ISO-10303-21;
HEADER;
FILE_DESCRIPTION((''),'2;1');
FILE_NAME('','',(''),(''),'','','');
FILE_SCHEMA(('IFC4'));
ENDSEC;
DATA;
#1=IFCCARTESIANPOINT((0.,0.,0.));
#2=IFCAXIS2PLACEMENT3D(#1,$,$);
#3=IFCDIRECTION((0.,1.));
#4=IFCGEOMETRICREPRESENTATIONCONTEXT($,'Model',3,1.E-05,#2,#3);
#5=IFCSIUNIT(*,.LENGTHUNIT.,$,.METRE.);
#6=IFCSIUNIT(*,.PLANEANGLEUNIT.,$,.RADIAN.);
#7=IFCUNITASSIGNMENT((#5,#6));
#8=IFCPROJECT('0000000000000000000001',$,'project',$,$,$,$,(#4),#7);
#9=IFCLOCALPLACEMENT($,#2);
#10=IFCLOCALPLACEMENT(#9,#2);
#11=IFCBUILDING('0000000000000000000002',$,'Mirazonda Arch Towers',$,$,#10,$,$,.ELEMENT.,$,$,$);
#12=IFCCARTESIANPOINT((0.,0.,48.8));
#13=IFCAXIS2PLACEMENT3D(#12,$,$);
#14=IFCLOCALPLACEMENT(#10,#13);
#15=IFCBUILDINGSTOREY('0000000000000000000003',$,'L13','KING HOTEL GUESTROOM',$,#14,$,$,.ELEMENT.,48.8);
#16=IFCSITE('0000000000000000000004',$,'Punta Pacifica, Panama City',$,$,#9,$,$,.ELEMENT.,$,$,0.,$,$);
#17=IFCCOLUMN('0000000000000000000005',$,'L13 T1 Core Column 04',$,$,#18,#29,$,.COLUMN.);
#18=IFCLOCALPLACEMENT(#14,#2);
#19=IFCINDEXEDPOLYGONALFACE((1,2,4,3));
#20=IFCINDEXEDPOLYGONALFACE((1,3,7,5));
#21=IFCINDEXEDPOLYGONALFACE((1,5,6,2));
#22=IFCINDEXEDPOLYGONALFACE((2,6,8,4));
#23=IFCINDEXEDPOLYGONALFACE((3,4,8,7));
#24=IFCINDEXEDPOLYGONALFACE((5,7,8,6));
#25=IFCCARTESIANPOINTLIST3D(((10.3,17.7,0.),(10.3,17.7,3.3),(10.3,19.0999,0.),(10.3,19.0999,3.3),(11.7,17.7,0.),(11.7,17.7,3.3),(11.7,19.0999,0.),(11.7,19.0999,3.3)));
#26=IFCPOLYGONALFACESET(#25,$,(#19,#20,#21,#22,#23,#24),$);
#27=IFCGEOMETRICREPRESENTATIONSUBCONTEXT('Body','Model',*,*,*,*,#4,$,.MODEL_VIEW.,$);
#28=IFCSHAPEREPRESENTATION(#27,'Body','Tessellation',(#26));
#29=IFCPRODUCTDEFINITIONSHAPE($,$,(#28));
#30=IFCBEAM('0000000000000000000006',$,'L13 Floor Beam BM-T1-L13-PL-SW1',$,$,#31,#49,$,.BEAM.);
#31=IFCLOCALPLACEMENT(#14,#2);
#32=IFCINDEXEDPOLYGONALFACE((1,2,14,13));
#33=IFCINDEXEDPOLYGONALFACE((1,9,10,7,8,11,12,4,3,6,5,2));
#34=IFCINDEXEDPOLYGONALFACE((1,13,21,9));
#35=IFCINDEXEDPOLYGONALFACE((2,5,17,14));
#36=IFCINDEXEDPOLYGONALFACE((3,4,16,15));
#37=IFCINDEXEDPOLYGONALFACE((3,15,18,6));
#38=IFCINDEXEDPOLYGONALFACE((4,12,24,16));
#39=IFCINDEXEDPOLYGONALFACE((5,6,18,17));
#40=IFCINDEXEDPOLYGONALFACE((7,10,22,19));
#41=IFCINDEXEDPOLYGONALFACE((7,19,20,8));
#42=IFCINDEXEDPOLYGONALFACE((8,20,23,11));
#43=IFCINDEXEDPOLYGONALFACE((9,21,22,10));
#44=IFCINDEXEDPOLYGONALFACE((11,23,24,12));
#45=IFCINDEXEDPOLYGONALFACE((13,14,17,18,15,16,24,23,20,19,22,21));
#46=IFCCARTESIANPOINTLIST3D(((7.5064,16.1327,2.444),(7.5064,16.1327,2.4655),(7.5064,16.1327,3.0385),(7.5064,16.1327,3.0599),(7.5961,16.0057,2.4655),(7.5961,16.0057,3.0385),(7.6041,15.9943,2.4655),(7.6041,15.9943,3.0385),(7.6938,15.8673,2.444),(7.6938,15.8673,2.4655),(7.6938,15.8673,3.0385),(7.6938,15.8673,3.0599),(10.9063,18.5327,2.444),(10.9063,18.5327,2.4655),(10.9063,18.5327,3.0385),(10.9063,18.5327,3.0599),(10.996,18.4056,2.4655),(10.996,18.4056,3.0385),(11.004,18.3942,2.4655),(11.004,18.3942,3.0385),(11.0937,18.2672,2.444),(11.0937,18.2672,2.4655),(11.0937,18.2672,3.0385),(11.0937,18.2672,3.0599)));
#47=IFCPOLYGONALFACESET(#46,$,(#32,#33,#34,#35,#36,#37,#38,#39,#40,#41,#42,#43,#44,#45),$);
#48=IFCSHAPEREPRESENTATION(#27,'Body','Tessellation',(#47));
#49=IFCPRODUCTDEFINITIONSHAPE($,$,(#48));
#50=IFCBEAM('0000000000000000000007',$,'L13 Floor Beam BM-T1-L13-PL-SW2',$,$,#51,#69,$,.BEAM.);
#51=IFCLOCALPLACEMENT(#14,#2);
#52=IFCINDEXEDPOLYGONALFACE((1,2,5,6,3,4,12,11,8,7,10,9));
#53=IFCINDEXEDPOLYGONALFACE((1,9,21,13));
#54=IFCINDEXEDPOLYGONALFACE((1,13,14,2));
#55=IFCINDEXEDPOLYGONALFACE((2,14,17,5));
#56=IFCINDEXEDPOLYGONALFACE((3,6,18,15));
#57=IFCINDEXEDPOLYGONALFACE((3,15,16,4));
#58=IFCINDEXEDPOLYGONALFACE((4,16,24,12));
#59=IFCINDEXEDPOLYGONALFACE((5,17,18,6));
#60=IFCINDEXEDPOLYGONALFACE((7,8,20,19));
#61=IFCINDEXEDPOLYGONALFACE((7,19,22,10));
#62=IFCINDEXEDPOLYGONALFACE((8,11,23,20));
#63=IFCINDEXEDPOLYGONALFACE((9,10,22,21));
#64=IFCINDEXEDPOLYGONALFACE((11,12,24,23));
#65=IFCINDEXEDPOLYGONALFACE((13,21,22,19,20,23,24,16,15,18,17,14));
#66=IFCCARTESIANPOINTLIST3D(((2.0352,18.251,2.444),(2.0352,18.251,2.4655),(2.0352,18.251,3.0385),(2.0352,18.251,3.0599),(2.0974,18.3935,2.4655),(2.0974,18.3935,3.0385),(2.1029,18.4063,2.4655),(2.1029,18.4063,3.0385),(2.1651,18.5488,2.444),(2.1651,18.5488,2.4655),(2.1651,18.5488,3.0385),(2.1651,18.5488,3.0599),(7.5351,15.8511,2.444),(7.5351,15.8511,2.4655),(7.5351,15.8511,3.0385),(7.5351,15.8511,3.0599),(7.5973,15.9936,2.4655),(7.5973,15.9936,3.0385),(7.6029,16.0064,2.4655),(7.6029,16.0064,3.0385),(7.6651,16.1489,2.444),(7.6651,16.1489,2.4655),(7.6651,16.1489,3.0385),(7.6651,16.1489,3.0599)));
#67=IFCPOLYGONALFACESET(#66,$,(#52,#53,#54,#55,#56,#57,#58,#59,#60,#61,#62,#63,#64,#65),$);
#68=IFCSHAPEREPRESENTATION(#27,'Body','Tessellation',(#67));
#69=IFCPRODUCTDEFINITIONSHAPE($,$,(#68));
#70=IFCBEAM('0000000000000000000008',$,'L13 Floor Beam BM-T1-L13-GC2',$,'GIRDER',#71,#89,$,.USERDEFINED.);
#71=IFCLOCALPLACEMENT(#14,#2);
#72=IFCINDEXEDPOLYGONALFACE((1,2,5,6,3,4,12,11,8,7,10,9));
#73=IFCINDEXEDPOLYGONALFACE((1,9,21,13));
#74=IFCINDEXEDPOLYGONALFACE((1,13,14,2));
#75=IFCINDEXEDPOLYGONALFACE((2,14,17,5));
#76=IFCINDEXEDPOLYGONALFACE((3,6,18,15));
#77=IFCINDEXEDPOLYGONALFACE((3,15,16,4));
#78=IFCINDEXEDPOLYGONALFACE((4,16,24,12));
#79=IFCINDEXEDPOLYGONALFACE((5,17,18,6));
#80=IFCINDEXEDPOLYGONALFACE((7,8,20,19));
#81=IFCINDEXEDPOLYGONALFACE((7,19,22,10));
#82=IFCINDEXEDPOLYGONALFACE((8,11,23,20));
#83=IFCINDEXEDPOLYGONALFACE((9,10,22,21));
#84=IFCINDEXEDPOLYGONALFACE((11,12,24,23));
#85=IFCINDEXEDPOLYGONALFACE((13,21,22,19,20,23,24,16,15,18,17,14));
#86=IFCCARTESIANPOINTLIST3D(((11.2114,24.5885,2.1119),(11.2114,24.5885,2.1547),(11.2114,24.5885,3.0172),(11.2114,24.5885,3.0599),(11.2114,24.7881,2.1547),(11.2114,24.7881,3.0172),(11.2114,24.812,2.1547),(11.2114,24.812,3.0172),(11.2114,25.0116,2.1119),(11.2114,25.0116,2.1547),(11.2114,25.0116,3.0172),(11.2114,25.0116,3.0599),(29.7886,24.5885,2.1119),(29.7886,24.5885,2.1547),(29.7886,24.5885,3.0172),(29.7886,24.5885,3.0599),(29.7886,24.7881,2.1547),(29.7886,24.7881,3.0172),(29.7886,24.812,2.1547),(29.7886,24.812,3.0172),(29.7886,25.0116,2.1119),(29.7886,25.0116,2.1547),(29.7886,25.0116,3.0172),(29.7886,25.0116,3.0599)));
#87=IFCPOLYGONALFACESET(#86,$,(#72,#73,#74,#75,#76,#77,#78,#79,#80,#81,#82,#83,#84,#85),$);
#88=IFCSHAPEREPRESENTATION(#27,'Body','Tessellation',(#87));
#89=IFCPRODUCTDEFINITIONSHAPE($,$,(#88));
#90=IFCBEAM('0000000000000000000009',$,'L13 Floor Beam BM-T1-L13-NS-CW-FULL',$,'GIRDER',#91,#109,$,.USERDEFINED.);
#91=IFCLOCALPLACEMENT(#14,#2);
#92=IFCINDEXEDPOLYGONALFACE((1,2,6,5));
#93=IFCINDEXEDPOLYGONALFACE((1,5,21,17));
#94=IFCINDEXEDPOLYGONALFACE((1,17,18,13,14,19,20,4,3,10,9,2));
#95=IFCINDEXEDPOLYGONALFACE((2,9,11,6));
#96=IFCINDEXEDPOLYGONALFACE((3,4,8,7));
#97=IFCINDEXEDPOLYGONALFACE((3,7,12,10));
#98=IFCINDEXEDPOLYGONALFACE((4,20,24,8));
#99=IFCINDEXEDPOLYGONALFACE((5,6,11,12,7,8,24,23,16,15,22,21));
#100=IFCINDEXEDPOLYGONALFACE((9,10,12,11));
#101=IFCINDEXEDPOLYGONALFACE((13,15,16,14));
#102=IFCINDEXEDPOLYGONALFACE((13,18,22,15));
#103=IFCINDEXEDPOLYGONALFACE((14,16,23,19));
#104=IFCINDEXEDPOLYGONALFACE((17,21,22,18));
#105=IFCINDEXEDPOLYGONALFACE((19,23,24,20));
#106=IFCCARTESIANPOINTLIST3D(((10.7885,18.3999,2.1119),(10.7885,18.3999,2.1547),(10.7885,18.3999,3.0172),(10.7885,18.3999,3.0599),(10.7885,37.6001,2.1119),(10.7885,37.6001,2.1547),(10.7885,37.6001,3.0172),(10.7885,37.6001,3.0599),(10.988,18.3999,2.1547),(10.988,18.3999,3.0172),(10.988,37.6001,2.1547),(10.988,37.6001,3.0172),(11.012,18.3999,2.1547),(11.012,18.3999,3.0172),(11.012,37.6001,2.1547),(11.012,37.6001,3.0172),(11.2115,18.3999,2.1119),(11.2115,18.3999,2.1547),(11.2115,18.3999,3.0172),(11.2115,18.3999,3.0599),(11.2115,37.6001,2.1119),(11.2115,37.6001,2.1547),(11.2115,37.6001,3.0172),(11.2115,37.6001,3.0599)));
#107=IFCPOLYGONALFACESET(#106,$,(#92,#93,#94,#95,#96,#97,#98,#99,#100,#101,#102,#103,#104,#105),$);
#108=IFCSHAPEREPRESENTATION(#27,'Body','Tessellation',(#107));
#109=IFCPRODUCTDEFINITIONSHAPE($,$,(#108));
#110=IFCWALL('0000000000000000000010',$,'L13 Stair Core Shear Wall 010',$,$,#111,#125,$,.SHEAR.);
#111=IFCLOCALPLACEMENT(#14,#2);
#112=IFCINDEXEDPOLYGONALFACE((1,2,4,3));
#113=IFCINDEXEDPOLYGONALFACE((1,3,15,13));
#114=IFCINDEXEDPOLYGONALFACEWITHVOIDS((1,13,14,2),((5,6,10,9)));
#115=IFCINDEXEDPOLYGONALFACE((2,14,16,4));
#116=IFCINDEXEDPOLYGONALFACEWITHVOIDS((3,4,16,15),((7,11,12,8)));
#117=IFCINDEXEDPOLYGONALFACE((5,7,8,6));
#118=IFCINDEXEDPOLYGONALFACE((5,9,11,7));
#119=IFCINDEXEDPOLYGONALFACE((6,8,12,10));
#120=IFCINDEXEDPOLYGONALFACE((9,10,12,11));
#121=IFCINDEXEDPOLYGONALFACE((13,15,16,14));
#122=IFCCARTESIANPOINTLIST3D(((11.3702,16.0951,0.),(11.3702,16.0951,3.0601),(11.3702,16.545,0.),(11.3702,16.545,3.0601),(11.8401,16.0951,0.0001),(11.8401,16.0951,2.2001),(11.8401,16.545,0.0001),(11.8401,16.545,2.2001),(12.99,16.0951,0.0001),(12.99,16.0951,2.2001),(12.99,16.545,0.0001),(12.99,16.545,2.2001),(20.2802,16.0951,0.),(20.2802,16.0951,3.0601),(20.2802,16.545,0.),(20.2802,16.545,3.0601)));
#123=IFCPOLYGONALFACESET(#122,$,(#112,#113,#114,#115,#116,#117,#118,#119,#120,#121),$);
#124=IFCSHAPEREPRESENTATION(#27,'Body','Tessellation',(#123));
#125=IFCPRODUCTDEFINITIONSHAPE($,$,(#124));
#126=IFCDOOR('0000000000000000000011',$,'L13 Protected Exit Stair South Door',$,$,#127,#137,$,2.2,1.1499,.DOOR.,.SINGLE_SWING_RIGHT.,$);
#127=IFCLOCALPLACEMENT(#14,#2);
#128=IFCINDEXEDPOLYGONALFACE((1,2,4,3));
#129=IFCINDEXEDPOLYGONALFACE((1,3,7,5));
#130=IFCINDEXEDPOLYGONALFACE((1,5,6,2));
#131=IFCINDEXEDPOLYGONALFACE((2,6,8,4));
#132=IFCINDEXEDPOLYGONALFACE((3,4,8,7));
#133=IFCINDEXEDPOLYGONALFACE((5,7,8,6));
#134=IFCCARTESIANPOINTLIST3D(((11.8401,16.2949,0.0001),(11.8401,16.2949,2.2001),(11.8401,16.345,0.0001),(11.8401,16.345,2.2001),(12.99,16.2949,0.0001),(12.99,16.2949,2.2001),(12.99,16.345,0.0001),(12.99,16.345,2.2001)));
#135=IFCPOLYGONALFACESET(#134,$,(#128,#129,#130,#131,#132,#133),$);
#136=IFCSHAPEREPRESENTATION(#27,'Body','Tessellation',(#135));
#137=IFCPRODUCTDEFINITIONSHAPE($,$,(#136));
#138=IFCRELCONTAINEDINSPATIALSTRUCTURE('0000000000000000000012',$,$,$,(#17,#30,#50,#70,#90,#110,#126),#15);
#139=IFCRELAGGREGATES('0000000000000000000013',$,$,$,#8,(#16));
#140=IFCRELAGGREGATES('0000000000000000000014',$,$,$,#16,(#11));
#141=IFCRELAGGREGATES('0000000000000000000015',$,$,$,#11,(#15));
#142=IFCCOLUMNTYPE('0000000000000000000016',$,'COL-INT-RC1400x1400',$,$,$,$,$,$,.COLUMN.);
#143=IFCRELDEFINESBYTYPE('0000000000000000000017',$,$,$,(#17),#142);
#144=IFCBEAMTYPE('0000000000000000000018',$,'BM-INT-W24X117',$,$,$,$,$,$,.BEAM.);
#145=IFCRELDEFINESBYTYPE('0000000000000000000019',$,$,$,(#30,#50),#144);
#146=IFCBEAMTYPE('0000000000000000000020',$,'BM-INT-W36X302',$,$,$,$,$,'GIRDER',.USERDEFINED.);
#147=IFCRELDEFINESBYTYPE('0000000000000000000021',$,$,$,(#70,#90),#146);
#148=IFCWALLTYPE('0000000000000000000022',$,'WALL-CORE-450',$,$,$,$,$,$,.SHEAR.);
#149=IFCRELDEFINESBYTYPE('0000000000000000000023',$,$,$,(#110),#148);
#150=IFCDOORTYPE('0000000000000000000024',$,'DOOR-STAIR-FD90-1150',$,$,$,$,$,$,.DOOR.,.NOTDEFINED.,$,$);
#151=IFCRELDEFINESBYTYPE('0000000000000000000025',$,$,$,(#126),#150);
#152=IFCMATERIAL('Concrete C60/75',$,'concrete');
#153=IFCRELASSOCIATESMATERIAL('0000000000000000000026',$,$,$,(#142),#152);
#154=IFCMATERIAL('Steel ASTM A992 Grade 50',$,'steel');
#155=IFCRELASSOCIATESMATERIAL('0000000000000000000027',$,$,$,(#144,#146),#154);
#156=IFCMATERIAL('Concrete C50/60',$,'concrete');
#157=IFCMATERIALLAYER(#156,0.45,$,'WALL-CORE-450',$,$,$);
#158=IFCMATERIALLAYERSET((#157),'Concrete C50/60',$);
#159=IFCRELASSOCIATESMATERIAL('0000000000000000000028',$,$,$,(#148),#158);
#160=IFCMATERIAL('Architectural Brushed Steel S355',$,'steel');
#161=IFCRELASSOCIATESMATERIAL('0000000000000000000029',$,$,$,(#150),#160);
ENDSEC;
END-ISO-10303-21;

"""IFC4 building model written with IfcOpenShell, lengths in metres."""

from ifc_helpers import new_model, si_unit, direction, frame, frame_2d, origin, origin_2d, place, context, subcontext, project, spatial, rectangle, i_section, extrude, material, layer, layer_set, material_profile, profile_set, type_object, element, fill, save


model = new_model("IFC4")

# Units and contexts
model_context = context("Model", 3, precision=1e-05, world=origin(), true_north=direction((0.0, 1.0)))
body_context = subcontext(model_context, "Body", "Model", "MODEL_VIEW")
ifc_project = project(units=[si_unit("LENGTHUNIT", "METRE"), si_unit("PLANEANGLEUNIT", "RADIAN")], contexts=[model_context])

# Site, building, storey
site_placement = place(None, origin())
site = spatial("IfcSite", under=ifc_project, at=site_placement, Name="Punta Pacifica, Panama City", CompositionType="ELEMENT", RefElevation=0.0)
building_placement = place(site_placement, origin())
building = spatial("IfcBuilding", under=site, at=building_placement, Name="Mirazonda Arch Towers", CompositionType="ELEMENT")
storey_placement = place(building_placement, frame((0.0, 0.0, 48.8)))
storey = spatial("IfcBuildingStorey", under=building, at=storey_placement, Name="L13", Description="KING HOTEL GUESTROOM", CompositionType="ELEMENT", Elevation=48.8)

# Column
ifc_material_1 = material(Name="Concrete C60/75", Category="concrete")
ifc_material_profile_1 = material_profile(ifc_material_1, rectangle(XDim=1.3999, YDim=1.3999, at=origin_2d()), Name="RC1400x1400")
ifc_profile_set_1 = profile_set([ifc_material_profile_1], Name="Concrete C60/75")
column_type = type_object("IfcColumnType", Name="COL-INT-RC1400x1400", PredefinedType="COLUMN", material=ifc_profile_set_1)
column_placement = place(storey_placement, frame((11.0, 18.3999, 0.0), z_axis=(0.0, 0.0, 1.0), x_axis=(1.0, 0.0, 0.0)))
element("IfcColumn", 1, at=column_placement, inside=storey, type_object=column_type, Name="L13 T1 Core Column 04", PredefinedType="COLUMN", context=body_context, shape_type="SweptSolid", body=[
    extrude(rectangle(XDim=1.3999, YDim=1.3999, at=origin_2d()), origin(), (0.0, 0.0, 1.0), 3.3),
])

# Beams
ifc_material_2 = material(Name="Steel ASTM A992 Grade 50", Category="steel")
ifc_material_profile_2 = material_profile(ifc_material_2, i_section(OverallWidth=0.325, OverallDepth=0.616, WebThickness=0.0139, FlangeThickness=0.0215, at=origin_2d()), Name="W24X117")
ifc_profile_set_2 = profile_set([ifc_material_profile_2], Name="Steel ASTM A992 Grade 50")
beam_type_1 = type_object("IfcBeamType", Name="BM-INT-W24X117", PredefinedType="BEAM", material=ifc_profile_set_2)
beam_1_placement = place(storey_placement, frame((7.6001, 16.0, 2.752), z_axis=(0.816971, 0.576679, 0.0), x_axis=(-0.576679, 0.816971, 0.0)))
element("IfcBeam", 2, at=beam_1_placement, inside=storey, type_object=beam_type_1, Name="L13 Floor Beam BM-T1-L13-PL-SW1", PredefinedType="BEAM", context=body_context, shape_type="SweptSolid", body=[
    extrude(i_section(OverallWidth=0.325, OverallDepth=0.616, WebThickness=0.0139, FlangeThickness=0.0215, at=origin_2d()), origin(), (0.0, 0.0, 1.0), 4.1616),
])
beam_2_placement = place(storey_placement, frame((7.6001, 16.0, 2.752), z_axis=(-0.916545, 0.399931, 0.0), x_axis=(-0.399931, -0.916545, 0.0)))
element("IfcBeam", 3, at=beam_2_placement, inside=storey, type_object=beam_type_1, Name="L13 Floor Beam BM-T1-L13-PL-SW2", PredefinedType="BEAM", context=body_context, shape_type="SweptSolid", body=[
    extrude(i_section(OverallWidth=0.325, OverallDepth=0.616, WebThickness=0.0139, FlangeThickness=0.0215, at=origin_2d()), origin(), (0.0, 0.0, 1.0), 6.0007),
])
ifc_material_profile_3 = material_profile(ifc_material_2, i_section(OverallWidth=0.4231, OverallDepth=0.948, WebThickness=0.0239, FlangeThickness=0.0427, at=origin_2d()), Name="W36X302")
ifc_profile_set_3 = profile_set([ifc_material_profile_3], Name="Steel ASTM A992 Grade 50")
beam_type_2 = type_object("IfcBeamType", Name="BM-INT-W36X302", ElementType="GIRDER", PredefinedType="USERDEFINED", material=ifc_profile_set_3)
beam_3_placement = place(storey_placement, frame((11.2114, 24.8, 2.5859), z_axis=(1.0, 0.0, 0.0), x_axis=(0.0, 1.0, 0.0)))
element("IfcBeam", 4, at=beam_3_placement, inside=storey, type_object=beam_type_2, Name="L13 Floor Beam BM-T1-L13-GC2", ObjectType="GIRDER", PredefinedType="USERDEFINED", context=body_context, shape_type="SweptSolid", body=[
    extrude(i_section(OverallWidth=0.4231, OverallDepth=0.948, WebThickness=0.0239, FlangeThickness=0.0427, at=origin_2d()), origin(), (0.0, 0.0, 1.0), 18.5771),
])
beam_4_placement = place(storey_placement, frame((11.0, 18.3999, 2.5859), z_axis=(0.0, 1.0, 0.0), x_axis=(-1.0, 0.0, 0.0)))
element("IfcBeam", 5, at=beam_4_placement, inside=storey, type_object=beam_type_2, Name="L13 Floor Beam BM-T1-L13-NS-CW-FULL", ObjectType="GIRDER", PredefinedType="USERDEFINED", context=body_context, shape_type="SweptSolid", body=[
    extrude(i_section(OverallWidth=0.4231, OverallDepth=0.948, WebThickness=0.0239, FlangeThickness=0.0427, at=origin_2d()), origin(), (0.0, 0.0, 1.0), 19.2002),
])

# Wall, opening, door
ifc_material_3 = material(Name="Concrete C50/60", Category="concrete")
ifc_layer_1 = layer(ifc_material_3, 0.45, Name="WALL-CORE-450")
ifc_layer_set_1 = layer_set([ifc_layer_1], Name="Concrete C50/60")
wall_type_1 = type_object("IfcWallType", Name="WALL-CORE-450", PredefinedType="SHEAR", material=ifc_layer_set_1)
wall_1_placement = place(storey_placement, frame((11.3701, 16.3201, 0.0), z_axis=(0.0, 0.0, 1.0), x_axis=(1.0, 0.0, 0.0)))
wall_1 = element("IfcWall", 6, at=wall_1_placement, inside=storey, type_object=wall_type_1, Name="L13 Stair Core Shear Wall 010", PredefinedType="SHEAR", context=body_context, shape_type="SweptSolid", body=[
    extrude(rectangle(XDim=8.9099, YDim=0.45, at=frame_2d((4.4551, 0.0))), origin(), (0.0, 0.0, 1.0), 3.0601),
])
opening_1_placement = place(wall_1_placement, frame((0.47, 0.0, 0.0)))
opening_1 = element("IfcOpeningElement", 7, at=opening_1_placement, cuts=wall_1, PredefinedType="OPENING", context=body_context, shape_type="SweptSolid", body=[
    extrude(rectangle(XDim=1.1499, YDim=2.2, at=frame_2d((0.575, 1.1001))), frame((0.0, 0.2349, 0.0), z_axis=(0.0, -1.0, 0.0), x_axis=(1.0, 0.0, 0.0)), (0.0, 0.0, 1.0), 0.47),
])
ifc_material_4 = material(Name="Architectural Brushed Steel S355", Category="steel")
door_type_1 = type_object("IfcDoorType", Name="DOOR-STAIR-FD90-1150", OperationType="NOTDEFINED", PredefinedType="DOOR", material=ifc_material_4)
door_1_placement = place(opening_1_placement, origin())
door_1 = element("IfcDoor", 8, at=door_1_placement, inside=storey, type_object=door_type_1, Name="L13 Protected Exit Stair South Door", OperationType="SINGLE_SWING_RIGHT", OverallHeight=2.2, OverallWidth=1.1499, PredefinedType="DOOR", context=body_context, shape_type="SweptSolid", body=[
    extrude(rectangle(XDim=1.1499, YDim=2.2, at=frame_2d((0.575, 1.1001))), frame((0.0, 0.0249, 0.0), z_axis=(0.0, -1.0, 0.0), x_axis=(1.0, 0.0, 0.0)), (0.0, 0.0, 1.0), 0.05),
])
fill(opening_1, door_1)

save(model, "model.ifc")
